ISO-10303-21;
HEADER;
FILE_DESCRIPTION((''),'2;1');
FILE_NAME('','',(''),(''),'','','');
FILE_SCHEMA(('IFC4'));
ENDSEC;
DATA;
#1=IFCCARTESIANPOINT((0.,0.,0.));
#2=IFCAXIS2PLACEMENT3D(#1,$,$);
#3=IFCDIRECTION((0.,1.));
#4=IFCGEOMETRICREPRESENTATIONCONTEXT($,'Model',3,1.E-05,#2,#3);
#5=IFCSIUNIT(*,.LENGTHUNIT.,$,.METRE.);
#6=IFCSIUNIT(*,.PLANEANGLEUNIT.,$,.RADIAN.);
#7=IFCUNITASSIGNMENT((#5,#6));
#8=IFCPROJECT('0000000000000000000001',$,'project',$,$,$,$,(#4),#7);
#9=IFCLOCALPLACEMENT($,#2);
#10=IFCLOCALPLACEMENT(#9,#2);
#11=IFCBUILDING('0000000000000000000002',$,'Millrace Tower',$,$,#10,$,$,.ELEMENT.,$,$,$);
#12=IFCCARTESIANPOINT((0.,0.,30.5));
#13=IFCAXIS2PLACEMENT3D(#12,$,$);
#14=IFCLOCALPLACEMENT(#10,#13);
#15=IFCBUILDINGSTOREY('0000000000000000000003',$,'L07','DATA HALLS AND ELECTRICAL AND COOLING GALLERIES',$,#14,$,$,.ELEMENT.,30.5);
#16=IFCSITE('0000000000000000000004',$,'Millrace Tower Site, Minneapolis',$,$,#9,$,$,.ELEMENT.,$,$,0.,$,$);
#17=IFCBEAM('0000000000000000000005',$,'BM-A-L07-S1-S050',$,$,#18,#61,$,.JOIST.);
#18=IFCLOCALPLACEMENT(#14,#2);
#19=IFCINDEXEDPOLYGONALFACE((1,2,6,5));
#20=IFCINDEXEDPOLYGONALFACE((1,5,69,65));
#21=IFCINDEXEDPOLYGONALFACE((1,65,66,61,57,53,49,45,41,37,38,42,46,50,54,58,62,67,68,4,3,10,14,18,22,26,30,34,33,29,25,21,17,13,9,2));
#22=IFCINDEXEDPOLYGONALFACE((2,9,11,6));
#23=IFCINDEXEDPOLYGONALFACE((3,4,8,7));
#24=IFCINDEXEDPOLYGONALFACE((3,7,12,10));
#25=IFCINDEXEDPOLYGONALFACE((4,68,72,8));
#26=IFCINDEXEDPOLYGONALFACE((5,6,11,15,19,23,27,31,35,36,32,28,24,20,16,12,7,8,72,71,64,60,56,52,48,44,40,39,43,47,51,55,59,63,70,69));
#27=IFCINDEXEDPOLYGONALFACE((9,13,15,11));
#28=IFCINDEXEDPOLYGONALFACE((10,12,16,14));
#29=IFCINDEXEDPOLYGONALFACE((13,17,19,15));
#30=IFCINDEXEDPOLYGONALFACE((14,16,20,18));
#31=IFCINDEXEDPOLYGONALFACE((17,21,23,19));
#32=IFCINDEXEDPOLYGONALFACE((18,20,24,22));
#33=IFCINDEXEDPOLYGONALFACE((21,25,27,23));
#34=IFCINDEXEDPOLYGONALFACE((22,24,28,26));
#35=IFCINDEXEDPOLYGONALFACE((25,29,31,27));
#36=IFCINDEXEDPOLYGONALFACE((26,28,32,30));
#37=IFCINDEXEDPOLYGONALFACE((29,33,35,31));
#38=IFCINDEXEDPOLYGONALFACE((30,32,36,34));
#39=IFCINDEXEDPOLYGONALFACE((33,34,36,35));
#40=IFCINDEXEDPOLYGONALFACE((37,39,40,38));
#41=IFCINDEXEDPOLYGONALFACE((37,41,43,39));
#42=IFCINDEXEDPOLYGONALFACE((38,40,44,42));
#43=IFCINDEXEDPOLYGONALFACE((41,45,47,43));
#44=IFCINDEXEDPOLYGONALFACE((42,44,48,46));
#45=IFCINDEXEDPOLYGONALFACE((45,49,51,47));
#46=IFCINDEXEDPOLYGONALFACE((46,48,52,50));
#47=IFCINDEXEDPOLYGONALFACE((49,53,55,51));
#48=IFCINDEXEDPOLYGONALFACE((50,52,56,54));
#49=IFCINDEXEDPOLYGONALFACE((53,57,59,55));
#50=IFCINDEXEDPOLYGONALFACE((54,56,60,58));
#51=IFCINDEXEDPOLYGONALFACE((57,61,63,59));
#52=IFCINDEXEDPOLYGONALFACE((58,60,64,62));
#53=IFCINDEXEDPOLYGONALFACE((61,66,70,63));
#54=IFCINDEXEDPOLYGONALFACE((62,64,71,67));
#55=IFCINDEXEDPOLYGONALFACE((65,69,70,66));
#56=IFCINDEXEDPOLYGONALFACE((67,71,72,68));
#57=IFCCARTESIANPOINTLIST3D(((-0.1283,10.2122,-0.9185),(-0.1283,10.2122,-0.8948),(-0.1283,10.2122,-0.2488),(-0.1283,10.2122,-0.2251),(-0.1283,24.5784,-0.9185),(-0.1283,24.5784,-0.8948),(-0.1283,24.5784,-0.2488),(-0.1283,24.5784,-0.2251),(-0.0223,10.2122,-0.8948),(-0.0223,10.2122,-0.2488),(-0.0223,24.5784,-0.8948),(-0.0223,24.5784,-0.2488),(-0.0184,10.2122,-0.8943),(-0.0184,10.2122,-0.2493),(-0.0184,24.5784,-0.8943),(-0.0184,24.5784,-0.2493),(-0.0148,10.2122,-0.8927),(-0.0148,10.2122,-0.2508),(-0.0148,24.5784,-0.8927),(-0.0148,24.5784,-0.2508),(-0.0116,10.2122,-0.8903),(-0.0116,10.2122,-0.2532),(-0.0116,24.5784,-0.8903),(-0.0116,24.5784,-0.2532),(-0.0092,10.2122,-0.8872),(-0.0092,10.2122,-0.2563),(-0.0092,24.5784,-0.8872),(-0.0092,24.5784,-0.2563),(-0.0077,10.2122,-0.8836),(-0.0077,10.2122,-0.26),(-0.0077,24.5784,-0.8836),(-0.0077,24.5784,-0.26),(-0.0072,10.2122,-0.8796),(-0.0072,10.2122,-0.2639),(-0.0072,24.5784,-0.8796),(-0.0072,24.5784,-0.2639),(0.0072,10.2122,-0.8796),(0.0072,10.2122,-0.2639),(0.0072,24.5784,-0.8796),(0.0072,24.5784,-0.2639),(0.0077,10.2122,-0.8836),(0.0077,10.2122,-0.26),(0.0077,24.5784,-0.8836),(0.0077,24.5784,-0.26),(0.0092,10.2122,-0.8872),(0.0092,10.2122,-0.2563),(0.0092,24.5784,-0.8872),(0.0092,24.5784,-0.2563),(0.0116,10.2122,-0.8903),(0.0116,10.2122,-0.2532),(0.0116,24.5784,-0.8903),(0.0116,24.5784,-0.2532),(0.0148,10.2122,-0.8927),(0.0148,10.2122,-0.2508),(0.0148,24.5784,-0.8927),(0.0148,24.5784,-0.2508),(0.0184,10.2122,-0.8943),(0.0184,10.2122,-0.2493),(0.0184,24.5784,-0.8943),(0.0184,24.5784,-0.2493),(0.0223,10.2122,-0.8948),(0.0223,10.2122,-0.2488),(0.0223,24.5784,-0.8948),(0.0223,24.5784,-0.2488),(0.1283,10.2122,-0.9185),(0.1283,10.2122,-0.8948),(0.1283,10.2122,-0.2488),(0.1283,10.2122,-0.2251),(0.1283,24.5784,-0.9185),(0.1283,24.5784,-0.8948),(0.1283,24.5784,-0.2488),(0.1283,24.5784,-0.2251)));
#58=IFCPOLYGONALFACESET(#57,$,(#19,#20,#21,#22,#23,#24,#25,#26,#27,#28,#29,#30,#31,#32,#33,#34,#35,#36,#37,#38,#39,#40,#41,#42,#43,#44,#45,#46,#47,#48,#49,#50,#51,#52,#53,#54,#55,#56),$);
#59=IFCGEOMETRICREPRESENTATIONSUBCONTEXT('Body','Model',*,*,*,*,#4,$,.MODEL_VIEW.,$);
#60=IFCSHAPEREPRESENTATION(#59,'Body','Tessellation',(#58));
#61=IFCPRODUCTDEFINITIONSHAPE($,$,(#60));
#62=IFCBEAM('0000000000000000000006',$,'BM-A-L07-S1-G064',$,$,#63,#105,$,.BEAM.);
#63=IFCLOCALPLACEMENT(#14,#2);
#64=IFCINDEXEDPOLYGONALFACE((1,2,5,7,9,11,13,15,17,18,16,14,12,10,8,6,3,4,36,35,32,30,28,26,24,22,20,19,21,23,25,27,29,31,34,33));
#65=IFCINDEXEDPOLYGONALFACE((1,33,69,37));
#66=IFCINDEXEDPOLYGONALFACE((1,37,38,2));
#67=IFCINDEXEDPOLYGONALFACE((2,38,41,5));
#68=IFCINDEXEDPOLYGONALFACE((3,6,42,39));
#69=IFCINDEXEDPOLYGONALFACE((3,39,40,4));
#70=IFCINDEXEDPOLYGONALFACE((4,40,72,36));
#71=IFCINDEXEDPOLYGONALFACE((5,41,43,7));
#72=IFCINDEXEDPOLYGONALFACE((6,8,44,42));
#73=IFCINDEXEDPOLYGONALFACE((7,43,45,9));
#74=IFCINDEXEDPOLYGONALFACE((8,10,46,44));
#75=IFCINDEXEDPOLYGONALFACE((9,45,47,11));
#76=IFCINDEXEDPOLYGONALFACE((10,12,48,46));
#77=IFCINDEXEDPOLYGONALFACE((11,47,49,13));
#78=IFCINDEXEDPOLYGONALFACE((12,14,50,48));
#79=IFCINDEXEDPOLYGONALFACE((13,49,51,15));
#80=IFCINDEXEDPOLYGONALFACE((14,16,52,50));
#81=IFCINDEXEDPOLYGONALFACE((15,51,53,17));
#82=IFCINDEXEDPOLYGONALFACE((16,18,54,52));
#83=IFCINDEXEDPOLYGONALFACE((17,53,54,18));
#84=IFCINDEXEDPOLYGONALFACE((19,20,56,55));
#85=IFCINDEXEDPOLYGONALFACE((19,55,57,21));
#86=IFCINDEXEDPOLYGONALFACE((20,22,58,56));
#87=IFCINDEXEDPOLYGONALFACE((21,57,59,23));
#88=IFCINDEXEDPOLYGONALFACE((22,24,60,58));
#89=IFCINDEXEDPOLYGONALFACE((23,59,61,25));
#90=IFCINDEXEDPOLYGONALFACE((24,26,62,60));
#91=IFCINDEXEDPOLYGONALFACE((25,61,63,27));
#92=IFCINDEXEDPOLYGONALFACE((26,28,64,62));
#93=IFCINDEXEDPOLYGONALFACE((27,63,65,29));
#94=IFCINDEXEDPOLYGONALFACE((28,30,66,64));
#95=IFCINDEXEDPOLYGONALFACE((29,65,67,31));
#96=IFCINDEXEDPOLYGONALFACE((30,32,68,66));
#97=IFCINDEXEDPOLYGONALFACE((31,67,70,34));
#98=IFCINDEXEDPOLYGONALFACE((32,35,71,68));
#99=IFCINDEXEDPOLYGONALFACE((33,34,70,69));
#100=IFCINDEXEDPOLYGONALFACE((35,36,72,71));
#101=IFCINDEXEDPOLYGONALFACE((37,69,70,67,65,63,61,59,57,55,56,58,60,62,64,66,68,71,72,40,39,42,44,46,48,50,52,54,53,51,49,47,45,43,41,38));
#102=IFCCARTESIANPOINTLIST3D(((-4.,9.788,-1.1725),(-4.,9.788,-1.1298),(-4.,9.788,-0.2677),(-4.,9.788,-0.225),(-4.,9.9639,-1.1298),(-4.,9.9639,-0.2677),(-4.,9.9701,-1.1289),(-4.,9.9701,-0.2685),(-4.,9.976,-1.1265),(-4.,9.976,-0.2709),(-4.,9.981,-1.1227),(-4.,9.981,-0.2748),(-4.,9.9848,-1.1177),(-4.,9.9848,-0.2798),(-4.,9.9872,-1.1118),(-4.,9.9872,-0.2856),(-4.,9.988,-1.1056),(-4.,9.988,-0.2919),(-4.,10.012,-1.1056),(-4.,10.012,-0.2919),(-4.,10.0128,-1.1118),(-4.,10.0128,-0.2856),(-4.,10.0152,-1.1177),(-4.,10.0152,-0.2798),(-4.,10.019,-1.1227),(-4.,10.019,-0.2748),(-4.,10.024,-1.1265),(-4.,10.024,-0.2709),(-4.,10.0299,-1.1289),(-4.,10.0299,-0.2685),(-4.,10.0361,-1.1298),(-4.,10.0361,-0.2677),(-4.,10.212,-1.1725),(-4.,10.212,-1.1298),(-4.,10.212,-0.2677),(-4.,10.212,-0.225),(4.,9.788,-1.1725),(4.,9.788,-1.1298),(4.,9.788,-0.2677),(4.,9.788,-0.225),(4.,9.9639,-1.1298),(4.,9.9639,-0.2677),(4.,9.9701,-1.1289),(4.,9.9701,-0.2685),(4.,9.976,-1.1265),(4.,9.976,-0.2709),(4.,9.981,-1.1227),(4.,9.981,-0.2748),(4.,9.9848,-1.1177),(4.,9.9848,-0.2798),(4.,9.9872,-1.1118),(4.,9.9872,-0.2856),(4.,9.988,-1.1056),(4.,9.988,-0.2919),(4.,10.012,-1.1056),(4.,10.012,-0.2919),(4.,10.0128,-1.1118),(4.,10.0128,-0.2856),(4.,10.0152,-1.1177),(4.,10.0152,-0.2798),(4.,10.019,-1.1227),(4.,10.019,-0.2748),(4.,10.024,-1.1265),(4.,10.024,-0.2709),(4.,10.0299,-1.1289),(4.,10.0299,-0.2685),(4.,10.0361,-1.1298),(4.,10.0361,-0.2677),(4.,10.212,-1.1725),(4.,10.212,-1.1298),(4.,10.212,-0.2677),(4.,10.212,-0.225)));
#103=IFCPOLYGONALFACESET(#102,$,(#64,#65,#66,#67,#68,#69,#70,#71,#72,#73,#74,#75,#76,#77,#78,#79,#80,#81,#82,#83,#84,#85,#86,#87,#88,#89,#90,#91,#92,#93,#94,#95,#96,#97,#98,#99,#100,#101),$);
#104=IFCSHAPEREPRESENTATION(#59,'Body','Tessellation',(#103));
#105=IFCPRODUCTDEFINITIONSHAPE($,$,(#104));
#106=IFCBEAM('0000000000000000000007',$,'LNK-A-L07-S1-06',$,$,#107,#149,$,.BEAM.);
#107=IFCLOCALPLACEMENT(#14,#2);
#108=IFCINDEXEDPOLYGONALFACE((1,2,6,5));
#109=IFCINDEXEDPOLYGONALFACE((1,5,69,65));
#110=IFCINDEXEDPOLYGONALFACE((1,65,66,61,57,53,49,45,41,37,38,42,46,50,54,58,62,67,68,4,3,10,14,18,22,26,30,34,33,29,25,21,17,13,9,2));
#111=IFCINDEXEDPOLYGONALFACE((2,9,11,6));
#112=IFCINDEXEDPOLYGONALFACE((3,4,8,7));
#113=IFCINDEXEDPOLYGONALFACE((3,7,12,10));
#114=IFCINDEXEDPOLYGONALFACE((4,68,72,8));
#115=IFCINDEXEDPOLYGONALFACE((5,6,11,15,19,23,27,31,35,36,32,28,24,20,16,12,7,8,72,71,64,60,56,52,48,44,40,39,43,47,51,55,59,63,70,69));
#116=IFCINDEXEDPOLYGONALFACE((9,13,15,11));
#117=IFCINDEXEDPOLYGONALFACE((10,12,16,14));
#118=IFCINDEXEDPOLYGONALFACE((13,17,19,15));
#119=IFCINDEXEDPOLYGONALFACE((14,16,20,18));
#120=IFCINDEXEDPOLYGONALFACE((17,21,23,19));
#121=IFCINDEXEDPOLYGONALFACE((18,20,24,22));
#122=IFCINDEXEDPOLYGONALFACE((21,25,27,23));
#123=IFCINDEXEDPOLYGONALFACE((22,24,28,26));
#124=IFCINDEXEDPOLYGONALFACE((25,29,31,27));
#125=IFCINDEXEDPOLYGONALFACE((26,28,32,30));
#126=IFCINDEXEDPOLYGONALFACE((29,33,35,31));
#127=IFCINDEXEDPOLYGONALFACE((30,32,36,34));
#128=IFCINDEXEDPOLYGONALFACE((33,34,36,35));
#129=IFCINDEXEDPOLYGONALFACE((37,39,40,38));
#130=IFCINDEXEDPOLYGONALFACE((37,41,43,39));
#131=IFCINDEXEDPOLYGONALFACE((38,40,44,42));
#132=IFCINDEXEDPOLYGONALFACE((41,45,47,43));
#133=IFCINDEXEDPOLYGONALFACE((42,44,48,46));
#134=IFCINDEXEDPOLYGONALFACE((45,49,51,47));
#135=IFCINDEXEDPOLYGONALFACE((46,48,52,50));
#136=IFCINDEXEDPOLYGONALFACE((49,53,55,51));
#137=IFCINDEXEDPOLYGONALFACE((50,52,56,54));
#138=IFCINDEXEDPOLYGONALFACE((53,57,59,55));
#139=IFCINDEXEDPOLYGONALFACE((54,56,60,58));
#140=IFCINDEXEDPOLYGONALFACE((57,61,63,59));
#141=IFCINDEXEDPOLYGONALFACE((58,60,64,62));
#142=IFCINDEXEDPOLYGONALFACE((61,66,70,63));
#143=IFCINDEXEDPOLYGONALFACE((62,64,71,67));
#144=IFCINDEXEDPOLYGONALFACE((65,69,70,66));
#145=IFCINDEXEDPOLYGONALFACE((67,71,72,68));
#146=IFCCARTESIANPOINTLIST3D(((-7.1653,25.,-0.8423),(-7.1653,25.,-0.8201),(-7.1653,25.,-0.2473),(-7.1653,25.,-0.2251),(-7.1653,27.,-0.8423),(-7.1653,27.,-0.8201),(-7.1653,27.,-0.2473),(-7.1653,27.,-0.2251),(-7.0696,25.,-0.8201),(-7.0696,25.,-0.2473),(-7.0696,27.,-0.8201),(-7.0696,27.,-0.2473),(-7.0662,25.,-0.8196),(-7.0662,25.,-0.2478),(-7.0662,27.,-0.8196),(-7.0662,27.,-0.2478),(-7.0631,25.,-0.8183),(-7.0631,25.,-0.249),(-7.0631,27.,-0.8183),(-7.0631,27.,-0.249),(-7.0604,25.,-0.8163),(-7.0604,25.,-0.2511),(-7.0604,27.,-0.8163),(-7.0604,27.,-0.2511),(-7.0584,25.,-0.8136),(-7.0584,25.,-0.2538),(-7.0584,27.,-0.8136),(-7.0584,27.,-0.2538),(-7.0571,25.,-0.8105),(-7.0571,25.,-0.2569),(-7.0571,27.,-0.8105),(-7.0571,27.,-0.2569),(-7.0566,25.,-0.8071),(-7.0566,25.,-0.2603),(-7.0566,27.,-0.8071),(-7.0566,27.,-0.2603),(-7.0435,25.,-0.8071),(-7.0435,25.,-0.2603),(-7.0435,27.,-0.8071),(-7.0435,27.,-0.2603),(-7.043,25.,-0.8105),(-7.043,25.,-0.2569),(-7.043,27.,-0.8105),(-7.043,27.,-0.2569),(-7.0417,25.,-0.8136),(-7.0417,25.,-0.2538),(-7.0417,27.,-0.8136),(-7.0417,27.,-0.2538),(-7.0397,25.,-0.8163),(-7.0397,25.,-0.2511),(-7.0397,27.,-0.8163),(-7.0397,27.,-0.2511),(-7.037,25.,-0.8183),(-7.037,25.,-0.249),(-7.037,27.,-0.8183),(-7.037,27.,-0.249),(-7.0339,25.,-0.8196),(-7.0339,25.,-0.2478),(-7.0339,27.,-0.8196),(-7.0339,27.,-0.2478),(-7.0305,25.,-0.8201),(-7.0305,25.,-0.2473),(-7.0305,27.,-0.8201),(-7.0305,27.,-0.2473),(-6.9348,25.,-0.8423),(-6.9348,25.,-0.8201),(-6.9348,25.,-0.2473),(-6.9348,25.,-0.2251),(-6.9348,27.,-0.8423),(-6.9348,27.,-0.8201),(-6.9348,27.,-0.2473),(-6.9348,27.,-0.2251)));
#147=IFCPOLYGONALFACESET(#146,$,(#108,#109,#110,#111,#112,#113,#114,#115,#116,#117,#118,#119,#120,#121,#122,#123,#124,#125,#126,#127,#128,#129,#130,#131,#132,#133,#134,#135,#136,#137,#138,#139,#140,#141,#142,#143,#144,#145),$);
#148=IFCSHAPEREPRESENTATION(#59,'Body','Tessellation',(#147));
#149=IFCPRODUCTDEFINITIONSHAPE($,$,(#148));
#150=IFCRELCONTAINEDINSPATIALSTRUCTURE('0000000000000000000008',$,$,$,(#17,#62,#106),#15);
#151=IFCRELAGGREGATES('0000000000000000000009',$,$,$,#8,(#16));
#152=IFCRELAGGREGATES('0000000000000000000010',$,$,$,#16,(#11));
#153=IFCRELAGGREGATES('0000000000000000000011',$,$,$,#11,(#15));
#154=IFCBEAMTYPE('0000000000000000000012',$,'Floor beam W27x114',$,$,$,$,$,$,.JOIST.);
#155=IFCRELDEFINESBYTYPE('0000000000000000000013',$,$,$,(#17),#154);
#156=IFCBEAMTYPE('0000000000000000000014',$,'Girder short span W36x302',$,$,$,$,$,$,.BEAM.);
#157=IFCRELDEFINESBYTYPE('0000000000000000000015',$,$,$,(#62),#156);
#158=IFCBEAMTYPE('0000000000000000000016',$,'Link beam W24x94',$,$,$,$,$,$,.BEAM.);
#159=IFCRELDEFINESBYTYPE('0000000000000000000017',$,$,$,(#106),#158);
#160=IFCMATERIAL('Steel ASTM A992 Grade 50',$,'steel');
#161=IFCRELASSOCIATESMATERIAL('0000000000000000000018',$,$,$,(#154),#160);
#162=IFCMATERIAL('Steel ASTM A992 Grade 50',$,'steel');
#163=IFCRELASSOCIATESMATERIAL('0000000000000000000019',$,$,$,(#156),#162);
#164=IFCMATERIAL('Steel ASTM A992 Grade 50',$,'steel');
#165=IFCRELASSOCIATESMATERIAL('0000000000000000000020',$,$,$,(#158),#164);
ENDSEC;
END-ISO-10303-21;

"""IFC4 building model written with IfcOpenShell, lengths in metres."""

from ifc_helpers import new_model, si_unit, direction, frame, origin, origin_2d, place, context, subcontext, project, spatial, i_section, extrude, material, material_profile, profile_set, type_object, element, save


model = new_model("IFC4")

# Units and contexts
model_context = context("Model", 3, precision=1e-05, world=origin(), true_north=direction((0.0, 1.0)))
body_context = subcontext(model_context, "Body", "Model", "MODEL_VIEW")
ifc_project = project(units=[si_unit("LENGTHUNIT", "METRE"), si_unit("PLANEANGLEUNIT", "RADIAN")], contexts=[model_context])

# Site, building, storey
site_placement = place(None, origin())
site = spatial("IfcSite", under=ifc_project, at=site_placement, Name="Millrace Tower Site, Minneapolis", CompositionType="ELEMENT", RefElevation=0.0)
building_placement = place(site_placement, origin())
building = spatial("IfcBuilding", under=site, at=building_placement, Name="Millrace Tower", CompositionType="ELEMENT")
storey_placement = place(building_placement, frame((0.0, 0.0, 30.5)))
storey = spatial("IfcBuildingStorey", under=building, at=storey_placement, Name="L07", Description="DATA HALLS AND ELECTRICAL AND COOLING GALLERIES", CompositionType="ELEMENT", Elevation=30.5)

# Beams
ifc_material_1 = material(Name="Steel ASTM A992 Grade 50", Category="steel")
ifc_material_profile_1 = material_profile(ifc_material_1, i_section(OverallWidth=0.2566, OverallDepth=0.6934, WebThickness=0.0144, FlangeThickness=0.0237, FilletRadius=0.0151, at=origin_2d()))
ifc_profile_set_1 = profile_set([ifc_material_profile_1], Name="Steel ASTM A992 Grade 50")
beam_type_1 = type_object("IfcBeamType", Name="Floor beam W27x114", PredefinedType="JOIST", material=ifc_profile_set_1)
for number, where, z_axis, x_axis, name in (
    (1, (0.0, 10.2122, -0.5718), (0.0, 1.0, 0.0), (-1.0, 0.0, 0.0), "BM-A-L07-S1-S050"),
):
    element("IfcBeam", number, at=place(storey_placement, frame(where, z_axis=z_axis, x_axis=x_axis)), inside=storey, type_object=beam_type_1, Name=name, PredefinedType="JOIST", context=body_context, shape_type="SweptSolid", body=[
        extrude(i_section(OverallWidth=0.2566, OverallDepth=0.6934, WebThickness=0.0144, FlangeThickness=0.0237, FilletRadius=0.0151, at=origin_2d()), origin(), (0.0, 0.0, 1.0), 14.3662),
    ])
ifc_material_2 = material(Name="Steel ASTM A992 Grade 50", Category="steel")
ifc_material_profile_2 = material_profile(ifc_material_2, i_section(OverallWidth=0.4241, OverallDepth=0.9475, WebThickness=0.0239, FlangeThickness=0.0427, FilletRadius=0.0242, at=origin_2d()))
ifc_profile_set_2 = profile_set([ifc_material_profile_2], Name="Steel ASTM A992 Grade 50")
beam_type_2 = type_object("IfcBeamType", Name="Girder short span W36x302", PredefinedType="BEAM", material=ifc_profile_set_2)
beam_1_placement = place(storey_placement, frame((-4.0, 10.0, -0.6987), z_axis=(1.0, 0.0, 0.0), x_axis=(0.0, 1.0, 0.0)))
element("IfcBeam", 2, at=beam_1_placement, inside=storey, type_object=beam_type_2, Name="BM-A-L07-S1-G064", PredefinedType="BEAM", context=body_context, shape_type="SweptSolid", body=[
    extrude(i_section(OverallWidth=0.4241, OverallDepth=0.9475, WebThickness=0.0239, FlangeThickness=0.0427, FilletRadius=0.0242, at=origin_2d()), origin(), (0.0, 0.0, 1.0), 8.0),
])
ifc_material_3 = material(Name="Steel ASTM A992 Grade 50", Category="steel")
ifc_material_profile_3 = material_profile(ifc_material_3, i_section(OverallWidth=0.2305, OverallDepth=0.6172, WebThickness=0.0132, FlangeThickness=0.0222, FilletRadius=0.0129, at=origin_2d()))
ifc_profile_set_3 = profile_set([ifc_material_profile_3], Name="Steel ASTM A992 Grade 50")
beam_type_3 = type_object("IfcBeamType", Name="Link beam W24x94", PredefinedType="BEAM", material=ifc_profile_set_3)
beam_2_placement = place(storey_placement, frame((-7.05, 25.0, -0.5337), z_axis=(0.0, 1.0, 0.0), x_axis=(-1.0, 0.0, 0.0)))
element("IfcBeam", 3, at=beam_2_placement, inside=storey, type_object=beam_type_3, Name="LNK-A-L07-S1-06", PredefinedType="BEAM", context=body_context, shape_type="SweptSolid", body=[
    extrude(i_section(OverallWidth=0.2305, OverallDepth=0.6172, WebThickness=0.0132, FlangeThickness=0.0222, FilletRadius=0.0129, at=origin_2d()), origin(), (0.0, 0.0, 1.0), 2.0),
])

save(model, "model.ifc")
